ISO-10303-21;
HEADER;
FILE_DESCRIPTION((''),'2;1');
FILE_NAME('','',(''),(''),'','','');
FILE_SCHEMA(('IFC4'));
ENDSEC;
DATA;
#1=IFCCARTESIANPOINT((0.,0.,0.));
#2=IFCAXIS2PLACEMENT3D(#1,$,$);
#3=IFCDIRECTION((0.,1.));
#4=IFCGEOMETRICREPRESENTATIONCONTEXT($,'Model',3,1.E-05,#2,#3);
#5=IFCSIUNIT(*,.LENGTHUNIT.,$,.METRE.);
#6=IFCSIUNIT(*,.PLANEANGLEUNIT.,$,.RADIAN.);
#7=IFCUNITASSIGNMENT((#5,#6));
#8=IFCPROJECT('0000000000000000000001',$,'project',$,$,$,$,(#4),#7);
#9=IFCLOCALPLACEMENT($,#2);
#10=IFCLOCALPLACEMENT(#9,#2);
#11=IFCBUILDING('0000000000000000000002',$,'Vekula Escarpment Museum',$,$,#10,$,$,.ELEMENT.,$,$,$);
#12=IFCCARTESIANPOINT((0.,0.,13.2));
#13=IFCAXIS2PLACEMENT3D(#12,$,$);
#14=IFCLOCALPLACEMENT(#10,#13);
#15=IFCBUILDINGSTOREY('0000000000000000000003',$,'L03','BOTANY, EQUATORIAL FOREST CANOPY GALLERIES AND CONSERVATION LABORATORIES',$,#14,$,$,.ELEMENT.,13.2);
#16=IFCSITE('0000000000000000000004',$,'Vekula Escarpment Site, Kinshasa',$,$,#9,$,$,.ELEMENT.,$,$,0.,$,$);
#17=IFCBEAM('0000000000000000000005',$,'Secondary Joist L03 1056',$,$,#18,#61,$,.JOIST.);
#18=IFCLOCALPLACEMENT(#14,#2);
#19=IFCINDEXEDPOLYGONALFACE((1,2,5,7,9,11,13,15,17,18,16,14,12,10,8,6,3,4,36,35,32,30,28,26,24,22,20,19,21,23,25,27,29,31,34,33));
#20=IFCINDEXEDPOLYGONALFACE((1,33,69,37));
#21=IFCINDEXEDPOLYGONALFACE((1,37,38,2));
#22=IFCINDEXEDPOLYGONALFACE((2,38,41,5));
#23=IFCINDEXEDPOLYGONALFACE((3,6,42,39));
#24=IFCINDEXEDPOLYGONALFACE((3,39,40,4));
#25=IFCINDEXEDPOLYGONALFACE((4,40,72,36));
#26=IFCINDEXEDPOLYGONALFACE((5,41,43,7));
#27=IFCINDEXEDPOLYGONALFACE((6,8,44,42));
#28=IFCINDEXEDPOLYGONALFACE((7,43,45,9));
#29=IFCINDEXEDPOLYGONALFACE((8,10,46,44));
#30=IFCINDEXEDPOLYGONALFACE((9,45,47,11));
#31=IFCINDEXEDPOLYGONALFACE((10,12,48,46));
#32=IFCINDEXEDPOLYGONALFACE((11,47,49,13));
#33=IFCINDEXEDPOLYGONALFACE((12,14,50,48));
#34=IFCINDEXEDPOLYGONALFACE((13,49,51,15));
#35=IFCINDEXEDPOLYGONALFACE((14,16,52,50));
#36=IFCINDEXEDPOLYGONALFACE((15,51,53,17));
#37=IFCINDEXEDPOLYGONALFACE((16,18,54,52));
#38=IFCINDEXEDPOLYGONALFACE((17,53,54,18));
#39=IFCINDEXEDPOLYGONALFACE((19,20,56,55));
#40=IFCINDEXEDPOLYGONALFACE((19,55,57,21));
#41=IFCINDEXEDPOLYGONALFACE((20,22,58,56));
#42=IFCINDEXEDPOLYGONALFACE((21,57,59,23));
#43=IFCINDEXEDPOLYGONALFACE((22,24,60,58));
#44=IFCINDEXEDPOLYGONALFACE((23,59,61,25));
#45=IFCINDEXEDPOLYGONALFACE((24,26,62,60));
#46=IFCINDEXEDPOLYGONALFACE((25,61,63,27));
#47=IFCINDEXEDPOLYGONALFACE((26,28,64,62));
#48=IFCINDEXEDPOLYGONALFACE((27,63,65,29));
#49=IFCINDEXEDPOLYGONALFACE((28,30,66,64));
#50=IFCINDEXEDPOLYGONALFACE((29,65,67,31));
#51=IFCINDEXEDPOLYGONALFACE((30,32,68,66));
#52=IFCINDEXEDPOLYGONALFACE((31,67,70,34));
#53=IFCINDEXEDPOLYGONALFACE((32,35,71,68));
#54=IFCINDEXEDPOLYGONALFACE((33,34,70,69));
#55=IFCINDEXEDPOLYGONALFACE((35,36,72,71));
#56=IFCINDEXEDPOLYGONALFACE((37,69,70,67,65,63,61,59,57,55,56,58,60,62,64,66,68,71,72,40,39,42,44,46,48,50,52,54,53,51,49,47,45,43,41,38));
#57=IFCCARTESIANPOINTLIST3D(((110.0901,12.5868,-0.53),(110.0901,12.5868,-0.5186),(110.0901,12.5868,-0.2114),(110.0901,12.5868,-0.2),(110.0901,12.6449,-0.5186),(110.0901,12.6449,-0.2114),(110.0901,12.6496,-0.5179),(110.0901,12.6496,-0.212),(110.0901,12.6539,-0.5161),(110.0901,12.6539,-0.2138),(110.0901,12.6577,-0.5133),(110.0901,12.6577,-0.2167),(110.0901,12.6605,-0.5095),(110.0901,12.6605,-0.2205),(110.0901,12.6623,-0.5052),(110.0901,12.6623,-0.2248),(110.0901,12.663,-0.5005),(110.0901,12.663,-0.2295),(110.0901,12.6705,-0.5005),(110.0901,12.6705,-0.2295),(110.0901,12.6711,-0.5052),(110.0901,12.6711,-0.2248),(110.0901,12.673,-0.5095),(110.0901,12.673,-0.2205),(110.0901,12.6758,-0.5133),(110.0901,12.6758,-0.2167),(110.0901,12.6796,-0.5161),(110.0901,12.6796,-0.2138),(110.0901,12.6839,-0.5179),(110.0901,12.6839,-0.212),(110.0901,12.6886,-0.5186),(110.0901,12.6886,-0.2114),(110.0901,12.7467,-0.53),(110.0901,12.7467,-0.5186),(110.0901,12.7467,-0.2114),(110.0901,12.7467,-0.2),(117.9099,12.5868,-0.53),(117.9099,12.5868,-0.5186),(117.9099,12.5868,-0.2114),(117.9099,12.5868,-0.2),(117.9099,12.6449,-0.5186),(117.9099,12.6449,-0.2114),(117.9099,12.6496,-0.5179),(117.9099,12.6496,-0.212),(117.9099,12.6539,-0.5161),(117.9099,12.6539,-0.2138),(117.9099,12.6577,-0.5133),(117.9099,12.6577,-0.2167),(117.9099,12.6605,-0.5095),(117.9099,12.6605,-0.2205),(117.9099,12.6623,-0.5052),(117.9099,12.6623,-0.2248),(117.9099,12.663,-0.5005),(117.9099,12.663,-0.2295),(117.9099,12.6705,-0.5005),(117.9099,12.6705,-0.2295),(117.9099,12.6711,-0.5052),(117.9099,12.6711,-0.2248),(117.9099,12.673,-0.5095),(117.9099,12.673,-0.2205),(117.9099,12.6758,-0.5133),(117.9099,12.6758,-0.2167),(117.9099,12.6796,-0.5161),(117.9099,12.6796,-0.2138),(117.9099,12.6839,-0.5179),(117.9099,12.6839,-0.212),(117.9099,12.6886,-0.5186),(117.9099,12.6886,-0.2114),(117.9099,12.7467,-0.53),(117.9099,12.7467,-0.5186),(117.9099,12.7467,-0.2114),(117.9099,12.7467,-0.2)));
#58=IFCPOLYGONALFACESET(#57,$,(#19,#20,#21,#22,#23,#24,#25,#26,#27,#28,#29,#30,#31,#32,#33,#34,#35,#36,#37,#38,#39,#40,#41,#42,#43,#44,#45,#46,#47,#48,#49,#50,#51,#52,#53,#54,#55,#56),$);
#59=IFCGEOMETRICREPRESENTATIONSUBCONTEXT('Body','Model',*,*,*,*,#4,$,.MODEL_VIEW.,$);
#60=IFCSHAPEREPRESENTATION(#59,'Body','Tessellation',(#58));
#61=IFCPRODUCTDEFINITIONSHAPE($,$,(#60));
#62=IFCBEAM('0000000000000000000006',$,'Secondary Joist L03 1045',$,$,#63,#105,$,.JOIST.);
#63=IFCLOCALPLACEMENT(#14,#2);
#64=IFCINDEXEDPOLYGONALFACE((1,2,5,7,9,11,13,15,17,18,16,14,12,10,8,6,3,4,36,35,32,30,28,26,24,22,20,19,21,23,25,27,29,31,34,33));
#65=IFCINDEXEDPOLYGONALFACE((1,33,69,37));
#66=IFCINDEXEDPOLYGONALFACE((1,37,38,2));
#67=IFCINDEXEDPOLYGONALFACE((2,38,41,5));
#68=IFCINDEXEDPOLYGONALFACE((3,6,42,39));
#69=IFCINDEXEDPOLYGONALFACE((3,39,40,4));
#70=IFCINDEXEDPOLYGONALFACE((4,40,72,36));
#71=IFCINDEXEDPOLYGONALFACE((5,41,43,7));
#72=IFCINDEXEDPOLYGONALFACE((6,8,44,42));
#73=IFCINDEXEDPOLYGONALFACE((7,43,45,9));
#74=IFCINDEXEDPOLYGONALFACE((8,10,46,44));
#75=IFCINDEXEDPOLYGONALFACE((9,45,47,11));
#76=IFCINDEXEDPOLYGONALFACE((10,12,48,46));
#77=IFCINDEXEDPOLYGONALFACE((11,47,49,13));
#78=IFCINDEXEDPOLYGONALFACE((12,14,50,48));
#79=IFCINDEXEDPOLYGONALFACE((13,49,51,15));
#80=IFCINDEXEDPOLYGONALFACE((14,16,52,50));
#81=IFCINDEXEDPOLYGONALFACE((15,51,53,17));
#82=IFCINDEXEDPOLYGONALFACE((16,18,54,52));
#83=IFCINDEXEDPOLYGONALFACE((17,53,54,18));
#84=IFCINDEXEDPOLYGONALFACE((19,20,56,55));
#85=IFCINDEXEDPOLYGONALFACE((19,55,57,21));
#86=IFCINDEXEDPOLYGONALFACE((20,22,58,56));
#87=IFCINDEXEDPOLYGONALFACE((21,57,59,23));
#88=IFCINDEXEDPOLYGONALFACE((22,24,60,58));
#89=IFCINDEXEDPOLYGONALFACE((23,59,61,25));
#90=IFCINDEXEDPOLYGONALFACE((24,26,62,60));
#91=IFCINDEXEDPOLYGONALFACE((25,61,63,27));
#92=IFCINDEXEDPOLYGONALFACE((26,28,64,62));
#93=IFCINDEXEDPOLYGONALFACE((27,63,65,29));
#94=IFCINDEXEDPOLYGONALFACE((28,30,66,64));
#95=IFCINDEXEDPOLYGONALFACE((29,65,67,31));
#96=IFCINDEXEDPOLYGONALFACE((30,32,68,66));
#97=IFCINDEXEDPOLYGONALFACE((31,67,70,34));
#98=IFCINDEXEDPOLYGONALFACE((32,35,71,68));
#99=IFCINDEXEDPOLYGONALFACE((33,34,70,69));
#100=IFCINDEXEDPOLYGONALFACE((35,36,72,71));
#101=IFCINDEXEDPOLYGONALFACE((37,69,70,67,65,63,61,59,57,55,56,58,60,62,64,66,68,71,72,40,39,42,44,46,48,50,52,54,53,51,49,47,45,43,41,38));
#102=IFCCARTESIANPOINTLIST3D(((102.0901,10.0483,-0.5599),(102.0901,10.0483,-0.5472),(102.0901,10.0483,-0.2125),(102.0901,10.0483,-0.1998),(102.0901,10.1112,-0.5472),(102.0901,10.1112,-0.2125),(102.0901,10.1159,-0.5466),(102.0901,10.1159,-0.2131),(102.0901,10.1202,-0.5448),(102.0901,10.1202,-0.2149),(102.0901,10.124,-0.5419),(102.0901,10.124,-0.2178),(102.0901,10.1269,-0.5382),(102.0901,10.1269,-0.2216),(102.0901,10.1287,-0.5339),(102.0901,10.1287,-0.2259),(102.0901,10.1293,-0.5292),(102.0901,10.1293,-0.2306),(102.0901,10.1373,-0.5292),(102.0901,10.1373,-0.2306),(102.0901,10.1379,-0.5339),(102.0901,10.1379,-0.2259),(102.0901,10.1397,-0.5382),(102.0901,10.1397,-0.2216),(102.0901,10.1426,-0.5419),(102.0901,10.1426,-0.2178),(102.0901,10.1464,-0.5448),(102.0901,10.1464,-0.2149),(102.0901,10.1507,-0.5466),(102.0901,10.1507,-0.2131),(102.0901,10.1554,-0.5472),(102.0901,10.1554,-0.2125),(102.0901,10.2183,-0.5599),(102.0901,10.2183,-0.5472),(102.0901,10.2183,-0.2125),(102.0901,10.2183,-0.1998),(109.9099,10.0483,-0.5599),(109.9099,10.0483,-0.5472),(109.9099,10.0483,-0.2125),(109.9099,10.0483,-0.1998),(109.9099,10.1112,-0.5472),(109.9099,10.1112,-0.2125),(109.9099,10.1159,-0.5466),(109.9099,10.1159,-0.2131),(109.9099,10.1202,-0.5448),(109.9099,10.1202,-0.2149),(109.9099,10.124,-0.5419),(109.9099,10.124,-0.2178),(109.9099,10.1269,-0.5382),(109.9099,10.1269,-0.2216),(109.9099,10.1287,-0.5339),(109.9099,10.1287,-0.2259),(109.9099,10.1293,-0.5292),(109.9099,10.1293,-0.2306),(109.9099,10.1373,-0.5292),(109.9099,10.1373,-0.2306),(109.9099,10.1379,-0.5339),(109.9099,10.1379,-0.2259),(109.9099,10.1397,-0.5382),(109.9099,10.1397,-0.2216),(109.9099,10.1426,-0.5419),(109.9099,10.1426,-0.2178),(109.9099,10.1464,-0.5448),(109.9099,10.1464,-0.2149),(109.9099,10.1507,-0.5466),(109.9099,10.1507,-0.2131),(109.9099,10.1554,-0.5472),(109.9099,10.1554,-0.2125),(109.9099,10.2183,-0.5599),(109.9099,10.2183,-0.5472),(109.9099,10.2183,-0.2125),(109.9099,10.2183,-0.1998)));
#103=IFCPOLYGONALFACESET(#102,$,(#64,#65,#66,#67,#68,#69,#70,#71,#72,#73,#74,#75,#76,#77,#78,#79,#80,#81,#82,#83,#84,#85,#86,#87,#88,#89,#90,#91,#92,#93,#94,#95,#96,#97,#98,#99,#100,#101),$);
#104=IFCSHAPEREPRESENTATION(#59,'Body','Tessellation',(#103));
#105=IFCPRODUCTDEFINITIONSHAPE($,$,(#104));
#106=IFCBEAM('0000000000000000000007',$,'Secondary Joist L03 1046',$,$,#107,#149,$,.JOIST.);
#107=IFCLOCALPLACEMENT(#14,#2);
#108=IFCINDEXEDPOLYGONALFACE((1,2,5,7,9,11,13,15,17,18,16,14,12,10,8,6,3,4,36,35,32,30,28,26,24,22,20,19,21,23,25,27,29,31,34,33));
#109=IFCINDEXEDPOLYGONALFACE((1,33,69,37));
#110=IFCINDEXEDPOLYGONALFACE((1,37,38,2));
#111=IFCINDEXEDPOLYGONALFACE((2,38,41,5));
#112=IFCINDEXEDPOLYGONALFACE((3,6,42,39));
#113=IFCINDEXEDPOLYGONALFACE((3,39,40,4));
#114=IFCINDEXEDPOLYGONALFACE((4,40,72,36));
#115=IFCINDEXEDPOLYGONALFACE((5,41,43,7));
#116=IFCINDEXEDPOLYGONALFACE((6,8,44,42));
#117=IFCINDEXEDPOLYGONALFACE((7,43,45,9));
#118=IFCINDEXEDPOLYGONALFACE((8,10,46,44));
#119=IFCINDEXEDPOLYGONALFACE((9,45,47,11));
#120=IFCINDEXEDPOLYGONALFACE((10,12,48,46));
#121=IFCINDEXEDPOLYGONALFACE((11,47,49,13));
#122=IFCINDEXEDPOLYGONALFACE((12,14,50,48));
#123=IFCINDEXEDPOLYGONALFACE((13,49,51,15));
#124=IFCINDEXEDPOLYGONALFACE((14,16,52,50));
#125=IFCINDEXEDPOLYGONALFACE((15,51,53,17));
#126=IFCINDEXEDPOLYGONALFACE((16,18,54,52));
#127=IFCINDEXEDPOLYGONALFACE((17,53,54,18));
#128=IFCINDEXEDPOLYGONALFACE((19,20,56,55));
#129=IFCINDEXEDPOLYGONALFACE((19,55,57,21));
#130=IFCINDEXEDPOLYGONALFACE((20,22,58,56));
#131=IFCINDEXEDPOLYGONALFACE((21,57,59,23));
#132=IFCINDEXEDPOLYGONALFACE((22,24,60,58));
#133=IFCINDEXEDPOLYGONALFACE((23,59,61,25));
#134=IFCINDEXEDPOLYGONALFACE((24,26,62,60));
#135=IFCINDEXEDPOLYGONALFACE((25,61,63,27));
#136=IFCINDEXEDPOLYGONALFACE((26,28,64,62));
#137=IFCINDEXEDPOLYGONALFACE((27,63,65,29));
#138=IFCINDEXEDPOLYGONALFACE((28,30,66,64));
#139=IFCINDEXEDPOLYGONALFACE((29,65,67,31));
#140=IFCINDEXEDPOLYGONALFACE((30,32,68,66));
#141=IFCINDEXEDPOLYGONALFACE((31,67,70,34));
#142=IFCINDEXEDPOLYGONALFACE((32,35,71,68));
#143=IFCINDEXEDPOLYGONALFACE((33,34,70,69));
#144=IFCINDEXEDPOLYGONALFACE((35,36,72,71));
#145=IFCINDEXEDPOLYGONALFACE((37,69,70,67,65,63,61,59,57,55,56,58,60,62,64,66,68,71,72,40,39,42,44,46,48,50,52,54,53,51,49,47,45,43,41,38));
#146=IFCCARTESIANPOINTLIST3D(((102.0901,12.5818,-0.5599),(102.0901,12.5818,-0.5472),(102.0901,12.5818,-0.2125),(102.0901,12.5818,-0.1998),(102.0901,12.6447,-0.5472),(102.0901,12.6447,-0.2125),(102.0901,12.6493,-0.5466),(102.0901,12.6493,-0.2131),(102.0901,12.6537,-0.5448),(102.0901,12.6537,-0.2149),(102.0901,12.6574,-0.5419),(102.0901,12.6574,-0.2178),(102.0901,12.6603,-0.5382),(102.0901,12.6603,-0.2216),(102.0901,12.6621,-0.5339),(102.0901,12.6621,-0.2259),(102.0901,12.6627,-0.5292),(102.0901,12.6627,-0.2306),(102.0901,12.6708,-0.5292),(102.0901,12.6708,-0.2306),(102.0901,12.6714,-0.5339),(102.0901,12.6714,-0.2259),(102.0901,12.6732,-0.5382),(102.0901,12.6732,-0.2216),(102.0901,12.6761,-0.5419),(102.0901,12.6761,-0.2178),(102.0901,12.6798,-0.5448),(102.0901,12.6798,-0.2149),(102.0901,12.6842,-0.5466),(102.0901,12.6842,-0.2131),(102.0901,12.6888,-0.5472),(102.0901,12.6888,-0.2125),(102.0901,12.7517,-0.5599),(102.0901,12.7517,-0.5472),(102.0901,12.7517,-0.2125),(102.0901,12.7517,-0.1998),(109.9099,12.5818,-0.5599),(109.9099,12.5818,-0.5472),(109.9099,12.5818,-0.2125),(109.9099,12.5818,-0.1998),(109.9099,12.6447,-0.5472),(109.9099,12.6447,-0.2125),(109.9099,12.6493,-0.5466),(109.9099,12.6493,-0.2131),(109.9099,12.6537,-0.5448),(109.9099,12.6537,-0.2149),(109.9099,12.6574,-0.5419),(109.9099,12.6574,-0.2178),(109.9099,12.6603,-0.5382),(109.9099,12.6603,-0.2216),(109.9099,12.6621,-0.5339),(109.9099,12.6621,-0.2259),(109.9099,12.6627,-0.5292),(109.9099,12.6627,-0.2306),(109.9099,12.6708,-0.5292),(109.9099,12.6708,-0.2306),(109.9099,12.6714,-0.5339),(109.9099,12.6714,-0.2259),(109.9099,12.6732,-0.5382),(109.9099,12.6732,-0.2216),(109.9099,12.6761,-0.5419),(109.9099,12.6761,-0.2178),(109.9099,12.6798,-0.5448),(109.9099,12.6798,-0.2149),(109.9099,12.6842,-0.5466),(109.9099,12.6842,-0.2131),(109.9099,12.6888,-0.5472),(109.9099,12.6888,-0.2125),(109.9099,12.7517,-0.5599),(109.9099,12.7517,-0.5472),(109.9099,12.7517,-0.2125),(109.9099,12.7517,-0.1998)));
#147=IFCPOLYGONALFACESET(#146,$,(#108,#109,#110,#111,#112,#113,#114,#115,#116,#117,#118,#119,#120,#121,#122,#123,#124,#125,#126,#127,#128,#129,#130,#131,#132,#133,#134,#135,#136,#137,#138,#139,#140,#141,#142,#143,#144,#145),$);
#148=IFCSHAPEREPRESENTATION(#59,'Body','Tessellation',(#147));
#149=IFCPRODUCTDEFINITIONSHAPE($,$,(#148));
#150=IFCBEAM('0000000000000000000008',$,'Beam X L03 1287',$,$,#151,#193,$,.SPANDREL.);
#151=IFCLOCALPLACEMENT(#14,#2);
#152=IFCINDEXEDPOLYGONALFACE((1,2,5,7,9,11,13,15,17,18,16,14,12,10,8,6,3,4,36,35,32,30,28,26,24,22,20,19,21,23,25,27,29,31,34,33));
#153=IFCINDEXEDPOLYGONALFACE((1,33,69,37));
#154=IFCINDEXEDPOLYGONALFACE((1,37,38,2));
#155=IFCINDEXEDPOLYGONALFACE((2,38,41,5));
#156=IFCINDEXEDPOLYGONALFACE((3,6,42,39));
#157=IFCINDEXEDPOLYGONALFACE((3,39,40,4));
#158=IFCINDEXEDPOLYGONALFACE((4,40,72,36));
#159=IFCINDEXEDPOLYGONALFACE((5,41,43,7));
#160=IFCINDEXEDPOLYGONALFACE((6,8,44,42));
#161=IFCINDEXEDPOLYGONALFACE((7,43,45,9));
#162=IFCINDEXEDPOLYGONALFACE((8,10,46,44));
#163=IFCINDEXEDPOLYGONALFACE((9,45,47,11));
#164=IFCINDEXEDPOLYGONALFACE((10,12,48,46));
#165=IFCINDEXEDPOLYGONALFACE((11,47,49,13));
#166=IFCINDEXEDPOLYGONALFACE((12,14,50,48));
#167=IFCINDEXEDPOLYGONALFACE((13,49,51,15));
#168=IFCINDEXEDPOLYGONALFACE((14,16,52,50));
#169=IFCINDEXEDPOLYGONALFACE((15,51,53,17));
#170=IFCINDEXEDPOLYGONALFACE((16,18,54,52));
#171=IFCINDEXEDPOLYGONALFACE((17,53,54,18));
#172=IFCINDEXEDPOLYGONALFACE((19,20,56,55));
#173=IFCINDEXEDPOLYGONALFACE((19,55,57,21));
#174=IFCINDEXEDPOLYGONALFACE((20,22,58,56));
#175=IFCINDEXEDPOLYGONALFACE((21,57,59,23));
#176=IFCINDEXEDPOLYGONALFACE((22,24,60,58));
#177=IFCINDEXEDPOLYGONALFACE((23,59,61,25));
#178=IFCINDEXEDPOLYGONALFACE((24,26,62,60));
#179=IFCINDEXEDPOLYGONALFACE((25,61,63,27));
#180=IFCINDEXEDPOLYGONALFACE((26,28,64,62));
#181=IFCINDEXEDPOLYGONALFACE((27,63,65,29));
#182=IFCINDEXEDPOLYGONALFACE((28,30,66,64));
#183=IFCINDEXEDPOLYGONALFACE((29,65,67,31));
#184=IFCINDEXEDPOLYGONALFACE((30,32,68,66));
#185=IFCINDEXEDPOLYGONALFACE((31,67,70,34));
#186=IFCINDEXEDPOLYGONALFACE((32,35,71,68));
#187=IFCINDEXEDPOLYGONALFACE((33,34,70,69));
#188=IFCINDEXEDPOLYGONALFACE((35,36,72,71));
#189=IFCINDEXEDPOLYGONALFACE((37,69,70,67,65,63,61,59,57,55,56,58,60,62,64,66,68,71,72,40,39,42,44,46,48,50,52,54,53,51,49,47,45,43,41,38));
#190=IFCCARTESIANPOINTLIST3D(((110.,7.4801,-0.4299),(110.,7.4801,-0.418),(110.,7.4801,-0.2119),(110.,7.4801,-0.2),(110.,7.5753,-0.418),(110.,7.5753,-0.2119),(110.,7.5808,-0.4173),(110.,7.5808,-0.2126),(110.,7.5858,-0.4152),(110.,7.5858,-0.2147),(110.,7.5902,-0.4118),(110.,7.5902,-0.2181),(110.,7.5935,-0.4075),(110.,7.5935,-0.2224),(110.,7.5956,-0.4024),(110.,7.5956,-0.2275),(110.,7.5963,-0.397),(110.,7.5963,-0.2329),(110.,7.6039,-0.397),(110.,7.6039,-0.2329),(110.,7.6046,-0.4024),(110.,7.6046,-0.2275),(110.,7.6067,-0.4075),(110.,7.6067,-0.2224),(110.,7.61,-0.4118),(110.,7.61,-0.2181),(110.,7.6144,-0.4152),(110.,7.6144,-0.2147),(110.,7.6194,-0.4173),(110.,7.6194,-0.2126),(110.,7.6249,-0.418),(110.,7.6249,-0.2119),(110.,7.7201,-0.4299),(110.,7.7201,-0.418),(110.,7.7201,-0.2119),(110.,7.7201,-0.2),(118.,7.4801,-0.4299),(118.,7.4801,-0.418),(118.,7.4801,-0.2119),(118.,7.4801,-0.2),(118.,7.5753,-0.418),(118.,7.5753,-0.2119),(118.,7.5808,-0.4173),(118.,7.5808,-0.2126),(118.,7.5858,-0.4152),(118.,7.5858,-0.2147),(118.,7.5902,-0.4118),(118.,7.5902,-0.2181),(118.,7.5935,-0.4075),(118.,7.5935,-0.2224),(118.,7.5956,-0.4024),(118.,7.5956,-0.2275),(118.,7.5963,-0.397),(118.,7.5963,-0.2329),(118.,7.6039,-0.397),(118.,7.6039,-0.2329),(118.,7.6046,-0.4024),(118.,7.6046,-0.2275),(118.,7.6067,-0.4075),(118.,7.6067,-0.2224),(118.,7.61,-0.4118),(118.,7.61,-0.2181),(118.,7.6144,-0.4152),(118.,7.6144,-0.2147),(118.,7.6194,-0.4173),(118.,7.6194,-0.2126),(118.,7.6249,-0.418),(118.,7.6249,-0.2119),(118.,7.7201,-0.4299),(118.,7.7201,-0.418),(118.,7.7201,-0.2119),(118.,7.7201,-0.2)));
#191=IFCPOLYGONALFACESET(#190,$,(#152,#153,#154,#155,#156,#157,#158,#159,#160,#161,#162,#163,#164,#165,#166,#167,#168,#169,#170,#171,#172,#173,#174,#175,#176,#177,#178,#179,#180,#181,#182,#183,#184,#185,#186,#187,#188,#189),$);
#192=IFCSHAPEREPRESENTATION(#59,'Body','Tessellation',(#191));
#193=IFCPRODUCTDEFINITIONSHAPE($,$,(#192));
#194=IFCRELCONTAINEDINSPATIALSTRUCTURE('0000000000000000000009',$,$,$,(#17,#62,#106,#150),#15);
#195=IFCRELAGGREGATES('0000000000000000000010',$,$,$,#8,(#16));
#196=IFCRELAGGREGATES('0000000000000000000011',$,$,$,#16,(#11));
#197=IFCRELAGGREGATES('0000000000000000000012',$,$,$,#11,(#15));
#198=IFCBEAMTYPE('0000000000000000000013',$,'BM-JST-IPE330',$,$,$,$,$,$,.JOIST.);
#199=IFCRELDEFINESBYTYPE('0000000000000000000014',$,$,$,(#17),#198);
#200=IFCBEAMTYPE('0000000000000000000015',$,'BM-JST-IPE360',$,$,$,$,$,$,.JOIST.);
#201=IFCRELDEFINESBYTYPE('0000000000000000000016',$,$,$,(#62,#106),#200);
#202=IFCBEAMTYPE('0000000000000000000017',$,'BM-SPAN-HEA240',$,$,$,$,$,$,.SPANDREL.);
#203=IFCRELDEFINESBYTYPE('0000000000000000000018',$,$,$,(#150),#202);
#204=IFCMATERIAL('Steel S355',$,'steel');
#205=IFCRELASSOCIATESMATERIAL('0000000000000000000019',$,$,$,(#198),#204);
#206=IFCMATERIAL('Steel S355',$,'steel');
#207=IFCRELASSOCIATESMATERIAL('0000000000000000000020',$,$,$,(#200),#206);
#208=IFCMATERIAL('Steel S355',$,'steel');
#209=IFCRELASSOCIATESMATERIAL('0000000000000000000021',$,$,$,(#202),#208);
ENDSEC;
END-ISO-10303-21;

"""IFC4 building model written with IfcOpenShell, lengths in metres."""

from ifc_helpers import new_model, si_unit, direction, frame, origin, origin_2d, place, context, subcontext, project, spatial, i_section, extrude, material, material_profile, profile_set, type_object, element, save


model = new_model("IFC4")

# Units and contexts
model_context = context("Model", 3, precision=1e-05, world=origin(), true_north=direction((0.0, 1.0)))
body_context = subcontext(model_context, "Body", "Model", "MODEL_VIEW")
ifc_project = project(units=[si_unit("LENGTHUNIT", "METRE"), si_unit("PLANEANGLEUNIT", "RADIAN")], contexts=[model_context])

# Site, building, storey
site_placement = place(None, origin())
site = spatial("IfcSite", under=ifc_project, at=site_placement, Name="Vekula Escarpment Site, Kinshasa", CompositionType="ELEMENT", RefElevation=0.0)
building_placement = place(site_placement, origin())
building = spatial("IfcBuilding", under=site, at=building_placement, Name="Vekula Escarpment Museum", CompositionType="ELEMENT")
storey_placement = place(building_placement, frame((0.0, 0.0, 13.2)))
storey = spatial("IfcBuildingStorey", under=building, at=storey_placement, Name="L03", Description="BOTANY, EQUATORIAL FOREST CANOPY GALLERIES AND CONSERVATION LABORATORIES", CompositionType="ELEMENT", Elevation=13.2)

# Beams
ifc_material_1 = material(Name="Steel S355", Category="steel")
ifc_material_profile_1 = material_profile(ifc_material_1, i_section(OverallWidth=0.1599, OverallDepth=0.3301, WebThickness=0.0076, FlangeThickness=0.0115, FilletRadius=0.0181, at=origin_2d()), Name="IPE 330")
ifc_profile_set_1 = profile_set([ifc_material_profile_1], Name="Steel S355")
beam_type_1 = type_object("IfcBeamType", Name="BM-JST-IPE330", PredefinedType="JOIST", material=ifc_profile_set_1)
for number, where, z_axis, x_axis, name in (
    (1, (110.0901, 12.6667, -0.365), (1.0, 0.0, 0.0), (0.0, 1.0, 0.0), "Secondary Joist L03 1056"),
):
    element("IfcBeam", number, at=place(storey_placement, frame(where, z_axis=z_axis, x_axis=x_axis)), inside=storey, type_object=beam_type_1, Name=name, PredefinedType="JOIST", context=body_context, shape_type="SweptSolid", body=[
        extrude(i_section(OverallWidth=0.1599, OverallDepth=0.3301, WebThickness=0.0076, FlangeThickness=0.0115, FilletRadius=0.0181, at=origin_2d()), origin(), (0.0, 0.0, 1.0), 7.8198),
    ])
ifc_material_2 = material(Name="Steel S355", Category="steel")
ifc_material_profile_2 = material_profile(ifc_material_2, i_section(OverallWidth=0.1699, OverallDepth=0.3601, WebThickness=0.0081, FlangeThickness=0.0127, FilletRadius=0.0181, at=origin_2d()), Name="IPE 360")
ifc_profile_set_2 = profile_set([ifc_material_profile_2], Name="Steel S355")
beam_type_2 = type_object("IfcBeamType", Name="BM-JST-IPE360", PredefinedType="JOIST", material=ifc_profile_set_2)
for number, where, z_axis, x_axis, name in (
    (2, (102.0901, 10.1333, -0.3799), (1.0, 0.0, 0.0), (0.0, 1.0, 0.0), "Secondary Joist L03 1045"),
    (3, (102.0901, 12.6667, -0.3799), (1.0, 0.0, 0.0), (0.0, 1.0, 0.0), "Secondary Joist L03 1046"),
):
    element("IfcBeam", number, at=place(storey_placement, frame(where, z_axis=z_axis, x_axis=x_axis)), inside=storey, type_object=beam_type_2, Name=name, PredefinedType="JOIST", context=body_context, shape_type="SweptSolid", body=[
        extrude(i_section(OverallWidth=0.1699, OverallDepth=0.3601, WebThickness=0.0081, FlangeThickness=0.0127, FilletRadius=0.0181, at=origin_2d()), origin(), (0.0, 0.0, 1.0), 7.8198),
    ])
ifc_material_3 = material(Name="Steel S355", Category="steel")
ifc_material_profile_3 = material_profile(ifc_material_3, i_section(OverallWidth=0.24, OverallDepth=0.23, WebThickness=0.0076, FlangeThickness=0.012, FilletRadius=0.021, at=origin_2d()), Name="HEA 240")
ifc_profile_set_3 = profile_set([ifc_material_profile_3], Name="Steel S355")
beam_type_3 = type_object("IfcBeamType", Name="BM-SPAN-HEA240", PredefinedType="SPANDREL", material=ifc_profile_set_3)
for number, where, z_axis, x_axis, name in (
    (4, (110.0, 7.6001, -0.3149), (1.0, 0.0, 0.0), (0.0, 1.0, 0.0), "Beam X L03 1287"),
):
    element("IfcBeam", number, at=place(storey_placement, frame(where, z_axis=z_axis, x_axis=x_axis)), inside=storey, type_object=beam_type_3, Name=name, PredefinedType="SPANDREL", context=body_context, shape_type="SweptSolid", body=[
        extrude(i_section(OverallWidth=0.24, OverallDepth=0.23, WebThickness=0.0076, FlangeThickness=0.012, FilletRadius=0.021, at=origin_2d()), origin(), (0.0, 0.0, 1.0), 8.0),
    ])

save(model, "model.ifc")
